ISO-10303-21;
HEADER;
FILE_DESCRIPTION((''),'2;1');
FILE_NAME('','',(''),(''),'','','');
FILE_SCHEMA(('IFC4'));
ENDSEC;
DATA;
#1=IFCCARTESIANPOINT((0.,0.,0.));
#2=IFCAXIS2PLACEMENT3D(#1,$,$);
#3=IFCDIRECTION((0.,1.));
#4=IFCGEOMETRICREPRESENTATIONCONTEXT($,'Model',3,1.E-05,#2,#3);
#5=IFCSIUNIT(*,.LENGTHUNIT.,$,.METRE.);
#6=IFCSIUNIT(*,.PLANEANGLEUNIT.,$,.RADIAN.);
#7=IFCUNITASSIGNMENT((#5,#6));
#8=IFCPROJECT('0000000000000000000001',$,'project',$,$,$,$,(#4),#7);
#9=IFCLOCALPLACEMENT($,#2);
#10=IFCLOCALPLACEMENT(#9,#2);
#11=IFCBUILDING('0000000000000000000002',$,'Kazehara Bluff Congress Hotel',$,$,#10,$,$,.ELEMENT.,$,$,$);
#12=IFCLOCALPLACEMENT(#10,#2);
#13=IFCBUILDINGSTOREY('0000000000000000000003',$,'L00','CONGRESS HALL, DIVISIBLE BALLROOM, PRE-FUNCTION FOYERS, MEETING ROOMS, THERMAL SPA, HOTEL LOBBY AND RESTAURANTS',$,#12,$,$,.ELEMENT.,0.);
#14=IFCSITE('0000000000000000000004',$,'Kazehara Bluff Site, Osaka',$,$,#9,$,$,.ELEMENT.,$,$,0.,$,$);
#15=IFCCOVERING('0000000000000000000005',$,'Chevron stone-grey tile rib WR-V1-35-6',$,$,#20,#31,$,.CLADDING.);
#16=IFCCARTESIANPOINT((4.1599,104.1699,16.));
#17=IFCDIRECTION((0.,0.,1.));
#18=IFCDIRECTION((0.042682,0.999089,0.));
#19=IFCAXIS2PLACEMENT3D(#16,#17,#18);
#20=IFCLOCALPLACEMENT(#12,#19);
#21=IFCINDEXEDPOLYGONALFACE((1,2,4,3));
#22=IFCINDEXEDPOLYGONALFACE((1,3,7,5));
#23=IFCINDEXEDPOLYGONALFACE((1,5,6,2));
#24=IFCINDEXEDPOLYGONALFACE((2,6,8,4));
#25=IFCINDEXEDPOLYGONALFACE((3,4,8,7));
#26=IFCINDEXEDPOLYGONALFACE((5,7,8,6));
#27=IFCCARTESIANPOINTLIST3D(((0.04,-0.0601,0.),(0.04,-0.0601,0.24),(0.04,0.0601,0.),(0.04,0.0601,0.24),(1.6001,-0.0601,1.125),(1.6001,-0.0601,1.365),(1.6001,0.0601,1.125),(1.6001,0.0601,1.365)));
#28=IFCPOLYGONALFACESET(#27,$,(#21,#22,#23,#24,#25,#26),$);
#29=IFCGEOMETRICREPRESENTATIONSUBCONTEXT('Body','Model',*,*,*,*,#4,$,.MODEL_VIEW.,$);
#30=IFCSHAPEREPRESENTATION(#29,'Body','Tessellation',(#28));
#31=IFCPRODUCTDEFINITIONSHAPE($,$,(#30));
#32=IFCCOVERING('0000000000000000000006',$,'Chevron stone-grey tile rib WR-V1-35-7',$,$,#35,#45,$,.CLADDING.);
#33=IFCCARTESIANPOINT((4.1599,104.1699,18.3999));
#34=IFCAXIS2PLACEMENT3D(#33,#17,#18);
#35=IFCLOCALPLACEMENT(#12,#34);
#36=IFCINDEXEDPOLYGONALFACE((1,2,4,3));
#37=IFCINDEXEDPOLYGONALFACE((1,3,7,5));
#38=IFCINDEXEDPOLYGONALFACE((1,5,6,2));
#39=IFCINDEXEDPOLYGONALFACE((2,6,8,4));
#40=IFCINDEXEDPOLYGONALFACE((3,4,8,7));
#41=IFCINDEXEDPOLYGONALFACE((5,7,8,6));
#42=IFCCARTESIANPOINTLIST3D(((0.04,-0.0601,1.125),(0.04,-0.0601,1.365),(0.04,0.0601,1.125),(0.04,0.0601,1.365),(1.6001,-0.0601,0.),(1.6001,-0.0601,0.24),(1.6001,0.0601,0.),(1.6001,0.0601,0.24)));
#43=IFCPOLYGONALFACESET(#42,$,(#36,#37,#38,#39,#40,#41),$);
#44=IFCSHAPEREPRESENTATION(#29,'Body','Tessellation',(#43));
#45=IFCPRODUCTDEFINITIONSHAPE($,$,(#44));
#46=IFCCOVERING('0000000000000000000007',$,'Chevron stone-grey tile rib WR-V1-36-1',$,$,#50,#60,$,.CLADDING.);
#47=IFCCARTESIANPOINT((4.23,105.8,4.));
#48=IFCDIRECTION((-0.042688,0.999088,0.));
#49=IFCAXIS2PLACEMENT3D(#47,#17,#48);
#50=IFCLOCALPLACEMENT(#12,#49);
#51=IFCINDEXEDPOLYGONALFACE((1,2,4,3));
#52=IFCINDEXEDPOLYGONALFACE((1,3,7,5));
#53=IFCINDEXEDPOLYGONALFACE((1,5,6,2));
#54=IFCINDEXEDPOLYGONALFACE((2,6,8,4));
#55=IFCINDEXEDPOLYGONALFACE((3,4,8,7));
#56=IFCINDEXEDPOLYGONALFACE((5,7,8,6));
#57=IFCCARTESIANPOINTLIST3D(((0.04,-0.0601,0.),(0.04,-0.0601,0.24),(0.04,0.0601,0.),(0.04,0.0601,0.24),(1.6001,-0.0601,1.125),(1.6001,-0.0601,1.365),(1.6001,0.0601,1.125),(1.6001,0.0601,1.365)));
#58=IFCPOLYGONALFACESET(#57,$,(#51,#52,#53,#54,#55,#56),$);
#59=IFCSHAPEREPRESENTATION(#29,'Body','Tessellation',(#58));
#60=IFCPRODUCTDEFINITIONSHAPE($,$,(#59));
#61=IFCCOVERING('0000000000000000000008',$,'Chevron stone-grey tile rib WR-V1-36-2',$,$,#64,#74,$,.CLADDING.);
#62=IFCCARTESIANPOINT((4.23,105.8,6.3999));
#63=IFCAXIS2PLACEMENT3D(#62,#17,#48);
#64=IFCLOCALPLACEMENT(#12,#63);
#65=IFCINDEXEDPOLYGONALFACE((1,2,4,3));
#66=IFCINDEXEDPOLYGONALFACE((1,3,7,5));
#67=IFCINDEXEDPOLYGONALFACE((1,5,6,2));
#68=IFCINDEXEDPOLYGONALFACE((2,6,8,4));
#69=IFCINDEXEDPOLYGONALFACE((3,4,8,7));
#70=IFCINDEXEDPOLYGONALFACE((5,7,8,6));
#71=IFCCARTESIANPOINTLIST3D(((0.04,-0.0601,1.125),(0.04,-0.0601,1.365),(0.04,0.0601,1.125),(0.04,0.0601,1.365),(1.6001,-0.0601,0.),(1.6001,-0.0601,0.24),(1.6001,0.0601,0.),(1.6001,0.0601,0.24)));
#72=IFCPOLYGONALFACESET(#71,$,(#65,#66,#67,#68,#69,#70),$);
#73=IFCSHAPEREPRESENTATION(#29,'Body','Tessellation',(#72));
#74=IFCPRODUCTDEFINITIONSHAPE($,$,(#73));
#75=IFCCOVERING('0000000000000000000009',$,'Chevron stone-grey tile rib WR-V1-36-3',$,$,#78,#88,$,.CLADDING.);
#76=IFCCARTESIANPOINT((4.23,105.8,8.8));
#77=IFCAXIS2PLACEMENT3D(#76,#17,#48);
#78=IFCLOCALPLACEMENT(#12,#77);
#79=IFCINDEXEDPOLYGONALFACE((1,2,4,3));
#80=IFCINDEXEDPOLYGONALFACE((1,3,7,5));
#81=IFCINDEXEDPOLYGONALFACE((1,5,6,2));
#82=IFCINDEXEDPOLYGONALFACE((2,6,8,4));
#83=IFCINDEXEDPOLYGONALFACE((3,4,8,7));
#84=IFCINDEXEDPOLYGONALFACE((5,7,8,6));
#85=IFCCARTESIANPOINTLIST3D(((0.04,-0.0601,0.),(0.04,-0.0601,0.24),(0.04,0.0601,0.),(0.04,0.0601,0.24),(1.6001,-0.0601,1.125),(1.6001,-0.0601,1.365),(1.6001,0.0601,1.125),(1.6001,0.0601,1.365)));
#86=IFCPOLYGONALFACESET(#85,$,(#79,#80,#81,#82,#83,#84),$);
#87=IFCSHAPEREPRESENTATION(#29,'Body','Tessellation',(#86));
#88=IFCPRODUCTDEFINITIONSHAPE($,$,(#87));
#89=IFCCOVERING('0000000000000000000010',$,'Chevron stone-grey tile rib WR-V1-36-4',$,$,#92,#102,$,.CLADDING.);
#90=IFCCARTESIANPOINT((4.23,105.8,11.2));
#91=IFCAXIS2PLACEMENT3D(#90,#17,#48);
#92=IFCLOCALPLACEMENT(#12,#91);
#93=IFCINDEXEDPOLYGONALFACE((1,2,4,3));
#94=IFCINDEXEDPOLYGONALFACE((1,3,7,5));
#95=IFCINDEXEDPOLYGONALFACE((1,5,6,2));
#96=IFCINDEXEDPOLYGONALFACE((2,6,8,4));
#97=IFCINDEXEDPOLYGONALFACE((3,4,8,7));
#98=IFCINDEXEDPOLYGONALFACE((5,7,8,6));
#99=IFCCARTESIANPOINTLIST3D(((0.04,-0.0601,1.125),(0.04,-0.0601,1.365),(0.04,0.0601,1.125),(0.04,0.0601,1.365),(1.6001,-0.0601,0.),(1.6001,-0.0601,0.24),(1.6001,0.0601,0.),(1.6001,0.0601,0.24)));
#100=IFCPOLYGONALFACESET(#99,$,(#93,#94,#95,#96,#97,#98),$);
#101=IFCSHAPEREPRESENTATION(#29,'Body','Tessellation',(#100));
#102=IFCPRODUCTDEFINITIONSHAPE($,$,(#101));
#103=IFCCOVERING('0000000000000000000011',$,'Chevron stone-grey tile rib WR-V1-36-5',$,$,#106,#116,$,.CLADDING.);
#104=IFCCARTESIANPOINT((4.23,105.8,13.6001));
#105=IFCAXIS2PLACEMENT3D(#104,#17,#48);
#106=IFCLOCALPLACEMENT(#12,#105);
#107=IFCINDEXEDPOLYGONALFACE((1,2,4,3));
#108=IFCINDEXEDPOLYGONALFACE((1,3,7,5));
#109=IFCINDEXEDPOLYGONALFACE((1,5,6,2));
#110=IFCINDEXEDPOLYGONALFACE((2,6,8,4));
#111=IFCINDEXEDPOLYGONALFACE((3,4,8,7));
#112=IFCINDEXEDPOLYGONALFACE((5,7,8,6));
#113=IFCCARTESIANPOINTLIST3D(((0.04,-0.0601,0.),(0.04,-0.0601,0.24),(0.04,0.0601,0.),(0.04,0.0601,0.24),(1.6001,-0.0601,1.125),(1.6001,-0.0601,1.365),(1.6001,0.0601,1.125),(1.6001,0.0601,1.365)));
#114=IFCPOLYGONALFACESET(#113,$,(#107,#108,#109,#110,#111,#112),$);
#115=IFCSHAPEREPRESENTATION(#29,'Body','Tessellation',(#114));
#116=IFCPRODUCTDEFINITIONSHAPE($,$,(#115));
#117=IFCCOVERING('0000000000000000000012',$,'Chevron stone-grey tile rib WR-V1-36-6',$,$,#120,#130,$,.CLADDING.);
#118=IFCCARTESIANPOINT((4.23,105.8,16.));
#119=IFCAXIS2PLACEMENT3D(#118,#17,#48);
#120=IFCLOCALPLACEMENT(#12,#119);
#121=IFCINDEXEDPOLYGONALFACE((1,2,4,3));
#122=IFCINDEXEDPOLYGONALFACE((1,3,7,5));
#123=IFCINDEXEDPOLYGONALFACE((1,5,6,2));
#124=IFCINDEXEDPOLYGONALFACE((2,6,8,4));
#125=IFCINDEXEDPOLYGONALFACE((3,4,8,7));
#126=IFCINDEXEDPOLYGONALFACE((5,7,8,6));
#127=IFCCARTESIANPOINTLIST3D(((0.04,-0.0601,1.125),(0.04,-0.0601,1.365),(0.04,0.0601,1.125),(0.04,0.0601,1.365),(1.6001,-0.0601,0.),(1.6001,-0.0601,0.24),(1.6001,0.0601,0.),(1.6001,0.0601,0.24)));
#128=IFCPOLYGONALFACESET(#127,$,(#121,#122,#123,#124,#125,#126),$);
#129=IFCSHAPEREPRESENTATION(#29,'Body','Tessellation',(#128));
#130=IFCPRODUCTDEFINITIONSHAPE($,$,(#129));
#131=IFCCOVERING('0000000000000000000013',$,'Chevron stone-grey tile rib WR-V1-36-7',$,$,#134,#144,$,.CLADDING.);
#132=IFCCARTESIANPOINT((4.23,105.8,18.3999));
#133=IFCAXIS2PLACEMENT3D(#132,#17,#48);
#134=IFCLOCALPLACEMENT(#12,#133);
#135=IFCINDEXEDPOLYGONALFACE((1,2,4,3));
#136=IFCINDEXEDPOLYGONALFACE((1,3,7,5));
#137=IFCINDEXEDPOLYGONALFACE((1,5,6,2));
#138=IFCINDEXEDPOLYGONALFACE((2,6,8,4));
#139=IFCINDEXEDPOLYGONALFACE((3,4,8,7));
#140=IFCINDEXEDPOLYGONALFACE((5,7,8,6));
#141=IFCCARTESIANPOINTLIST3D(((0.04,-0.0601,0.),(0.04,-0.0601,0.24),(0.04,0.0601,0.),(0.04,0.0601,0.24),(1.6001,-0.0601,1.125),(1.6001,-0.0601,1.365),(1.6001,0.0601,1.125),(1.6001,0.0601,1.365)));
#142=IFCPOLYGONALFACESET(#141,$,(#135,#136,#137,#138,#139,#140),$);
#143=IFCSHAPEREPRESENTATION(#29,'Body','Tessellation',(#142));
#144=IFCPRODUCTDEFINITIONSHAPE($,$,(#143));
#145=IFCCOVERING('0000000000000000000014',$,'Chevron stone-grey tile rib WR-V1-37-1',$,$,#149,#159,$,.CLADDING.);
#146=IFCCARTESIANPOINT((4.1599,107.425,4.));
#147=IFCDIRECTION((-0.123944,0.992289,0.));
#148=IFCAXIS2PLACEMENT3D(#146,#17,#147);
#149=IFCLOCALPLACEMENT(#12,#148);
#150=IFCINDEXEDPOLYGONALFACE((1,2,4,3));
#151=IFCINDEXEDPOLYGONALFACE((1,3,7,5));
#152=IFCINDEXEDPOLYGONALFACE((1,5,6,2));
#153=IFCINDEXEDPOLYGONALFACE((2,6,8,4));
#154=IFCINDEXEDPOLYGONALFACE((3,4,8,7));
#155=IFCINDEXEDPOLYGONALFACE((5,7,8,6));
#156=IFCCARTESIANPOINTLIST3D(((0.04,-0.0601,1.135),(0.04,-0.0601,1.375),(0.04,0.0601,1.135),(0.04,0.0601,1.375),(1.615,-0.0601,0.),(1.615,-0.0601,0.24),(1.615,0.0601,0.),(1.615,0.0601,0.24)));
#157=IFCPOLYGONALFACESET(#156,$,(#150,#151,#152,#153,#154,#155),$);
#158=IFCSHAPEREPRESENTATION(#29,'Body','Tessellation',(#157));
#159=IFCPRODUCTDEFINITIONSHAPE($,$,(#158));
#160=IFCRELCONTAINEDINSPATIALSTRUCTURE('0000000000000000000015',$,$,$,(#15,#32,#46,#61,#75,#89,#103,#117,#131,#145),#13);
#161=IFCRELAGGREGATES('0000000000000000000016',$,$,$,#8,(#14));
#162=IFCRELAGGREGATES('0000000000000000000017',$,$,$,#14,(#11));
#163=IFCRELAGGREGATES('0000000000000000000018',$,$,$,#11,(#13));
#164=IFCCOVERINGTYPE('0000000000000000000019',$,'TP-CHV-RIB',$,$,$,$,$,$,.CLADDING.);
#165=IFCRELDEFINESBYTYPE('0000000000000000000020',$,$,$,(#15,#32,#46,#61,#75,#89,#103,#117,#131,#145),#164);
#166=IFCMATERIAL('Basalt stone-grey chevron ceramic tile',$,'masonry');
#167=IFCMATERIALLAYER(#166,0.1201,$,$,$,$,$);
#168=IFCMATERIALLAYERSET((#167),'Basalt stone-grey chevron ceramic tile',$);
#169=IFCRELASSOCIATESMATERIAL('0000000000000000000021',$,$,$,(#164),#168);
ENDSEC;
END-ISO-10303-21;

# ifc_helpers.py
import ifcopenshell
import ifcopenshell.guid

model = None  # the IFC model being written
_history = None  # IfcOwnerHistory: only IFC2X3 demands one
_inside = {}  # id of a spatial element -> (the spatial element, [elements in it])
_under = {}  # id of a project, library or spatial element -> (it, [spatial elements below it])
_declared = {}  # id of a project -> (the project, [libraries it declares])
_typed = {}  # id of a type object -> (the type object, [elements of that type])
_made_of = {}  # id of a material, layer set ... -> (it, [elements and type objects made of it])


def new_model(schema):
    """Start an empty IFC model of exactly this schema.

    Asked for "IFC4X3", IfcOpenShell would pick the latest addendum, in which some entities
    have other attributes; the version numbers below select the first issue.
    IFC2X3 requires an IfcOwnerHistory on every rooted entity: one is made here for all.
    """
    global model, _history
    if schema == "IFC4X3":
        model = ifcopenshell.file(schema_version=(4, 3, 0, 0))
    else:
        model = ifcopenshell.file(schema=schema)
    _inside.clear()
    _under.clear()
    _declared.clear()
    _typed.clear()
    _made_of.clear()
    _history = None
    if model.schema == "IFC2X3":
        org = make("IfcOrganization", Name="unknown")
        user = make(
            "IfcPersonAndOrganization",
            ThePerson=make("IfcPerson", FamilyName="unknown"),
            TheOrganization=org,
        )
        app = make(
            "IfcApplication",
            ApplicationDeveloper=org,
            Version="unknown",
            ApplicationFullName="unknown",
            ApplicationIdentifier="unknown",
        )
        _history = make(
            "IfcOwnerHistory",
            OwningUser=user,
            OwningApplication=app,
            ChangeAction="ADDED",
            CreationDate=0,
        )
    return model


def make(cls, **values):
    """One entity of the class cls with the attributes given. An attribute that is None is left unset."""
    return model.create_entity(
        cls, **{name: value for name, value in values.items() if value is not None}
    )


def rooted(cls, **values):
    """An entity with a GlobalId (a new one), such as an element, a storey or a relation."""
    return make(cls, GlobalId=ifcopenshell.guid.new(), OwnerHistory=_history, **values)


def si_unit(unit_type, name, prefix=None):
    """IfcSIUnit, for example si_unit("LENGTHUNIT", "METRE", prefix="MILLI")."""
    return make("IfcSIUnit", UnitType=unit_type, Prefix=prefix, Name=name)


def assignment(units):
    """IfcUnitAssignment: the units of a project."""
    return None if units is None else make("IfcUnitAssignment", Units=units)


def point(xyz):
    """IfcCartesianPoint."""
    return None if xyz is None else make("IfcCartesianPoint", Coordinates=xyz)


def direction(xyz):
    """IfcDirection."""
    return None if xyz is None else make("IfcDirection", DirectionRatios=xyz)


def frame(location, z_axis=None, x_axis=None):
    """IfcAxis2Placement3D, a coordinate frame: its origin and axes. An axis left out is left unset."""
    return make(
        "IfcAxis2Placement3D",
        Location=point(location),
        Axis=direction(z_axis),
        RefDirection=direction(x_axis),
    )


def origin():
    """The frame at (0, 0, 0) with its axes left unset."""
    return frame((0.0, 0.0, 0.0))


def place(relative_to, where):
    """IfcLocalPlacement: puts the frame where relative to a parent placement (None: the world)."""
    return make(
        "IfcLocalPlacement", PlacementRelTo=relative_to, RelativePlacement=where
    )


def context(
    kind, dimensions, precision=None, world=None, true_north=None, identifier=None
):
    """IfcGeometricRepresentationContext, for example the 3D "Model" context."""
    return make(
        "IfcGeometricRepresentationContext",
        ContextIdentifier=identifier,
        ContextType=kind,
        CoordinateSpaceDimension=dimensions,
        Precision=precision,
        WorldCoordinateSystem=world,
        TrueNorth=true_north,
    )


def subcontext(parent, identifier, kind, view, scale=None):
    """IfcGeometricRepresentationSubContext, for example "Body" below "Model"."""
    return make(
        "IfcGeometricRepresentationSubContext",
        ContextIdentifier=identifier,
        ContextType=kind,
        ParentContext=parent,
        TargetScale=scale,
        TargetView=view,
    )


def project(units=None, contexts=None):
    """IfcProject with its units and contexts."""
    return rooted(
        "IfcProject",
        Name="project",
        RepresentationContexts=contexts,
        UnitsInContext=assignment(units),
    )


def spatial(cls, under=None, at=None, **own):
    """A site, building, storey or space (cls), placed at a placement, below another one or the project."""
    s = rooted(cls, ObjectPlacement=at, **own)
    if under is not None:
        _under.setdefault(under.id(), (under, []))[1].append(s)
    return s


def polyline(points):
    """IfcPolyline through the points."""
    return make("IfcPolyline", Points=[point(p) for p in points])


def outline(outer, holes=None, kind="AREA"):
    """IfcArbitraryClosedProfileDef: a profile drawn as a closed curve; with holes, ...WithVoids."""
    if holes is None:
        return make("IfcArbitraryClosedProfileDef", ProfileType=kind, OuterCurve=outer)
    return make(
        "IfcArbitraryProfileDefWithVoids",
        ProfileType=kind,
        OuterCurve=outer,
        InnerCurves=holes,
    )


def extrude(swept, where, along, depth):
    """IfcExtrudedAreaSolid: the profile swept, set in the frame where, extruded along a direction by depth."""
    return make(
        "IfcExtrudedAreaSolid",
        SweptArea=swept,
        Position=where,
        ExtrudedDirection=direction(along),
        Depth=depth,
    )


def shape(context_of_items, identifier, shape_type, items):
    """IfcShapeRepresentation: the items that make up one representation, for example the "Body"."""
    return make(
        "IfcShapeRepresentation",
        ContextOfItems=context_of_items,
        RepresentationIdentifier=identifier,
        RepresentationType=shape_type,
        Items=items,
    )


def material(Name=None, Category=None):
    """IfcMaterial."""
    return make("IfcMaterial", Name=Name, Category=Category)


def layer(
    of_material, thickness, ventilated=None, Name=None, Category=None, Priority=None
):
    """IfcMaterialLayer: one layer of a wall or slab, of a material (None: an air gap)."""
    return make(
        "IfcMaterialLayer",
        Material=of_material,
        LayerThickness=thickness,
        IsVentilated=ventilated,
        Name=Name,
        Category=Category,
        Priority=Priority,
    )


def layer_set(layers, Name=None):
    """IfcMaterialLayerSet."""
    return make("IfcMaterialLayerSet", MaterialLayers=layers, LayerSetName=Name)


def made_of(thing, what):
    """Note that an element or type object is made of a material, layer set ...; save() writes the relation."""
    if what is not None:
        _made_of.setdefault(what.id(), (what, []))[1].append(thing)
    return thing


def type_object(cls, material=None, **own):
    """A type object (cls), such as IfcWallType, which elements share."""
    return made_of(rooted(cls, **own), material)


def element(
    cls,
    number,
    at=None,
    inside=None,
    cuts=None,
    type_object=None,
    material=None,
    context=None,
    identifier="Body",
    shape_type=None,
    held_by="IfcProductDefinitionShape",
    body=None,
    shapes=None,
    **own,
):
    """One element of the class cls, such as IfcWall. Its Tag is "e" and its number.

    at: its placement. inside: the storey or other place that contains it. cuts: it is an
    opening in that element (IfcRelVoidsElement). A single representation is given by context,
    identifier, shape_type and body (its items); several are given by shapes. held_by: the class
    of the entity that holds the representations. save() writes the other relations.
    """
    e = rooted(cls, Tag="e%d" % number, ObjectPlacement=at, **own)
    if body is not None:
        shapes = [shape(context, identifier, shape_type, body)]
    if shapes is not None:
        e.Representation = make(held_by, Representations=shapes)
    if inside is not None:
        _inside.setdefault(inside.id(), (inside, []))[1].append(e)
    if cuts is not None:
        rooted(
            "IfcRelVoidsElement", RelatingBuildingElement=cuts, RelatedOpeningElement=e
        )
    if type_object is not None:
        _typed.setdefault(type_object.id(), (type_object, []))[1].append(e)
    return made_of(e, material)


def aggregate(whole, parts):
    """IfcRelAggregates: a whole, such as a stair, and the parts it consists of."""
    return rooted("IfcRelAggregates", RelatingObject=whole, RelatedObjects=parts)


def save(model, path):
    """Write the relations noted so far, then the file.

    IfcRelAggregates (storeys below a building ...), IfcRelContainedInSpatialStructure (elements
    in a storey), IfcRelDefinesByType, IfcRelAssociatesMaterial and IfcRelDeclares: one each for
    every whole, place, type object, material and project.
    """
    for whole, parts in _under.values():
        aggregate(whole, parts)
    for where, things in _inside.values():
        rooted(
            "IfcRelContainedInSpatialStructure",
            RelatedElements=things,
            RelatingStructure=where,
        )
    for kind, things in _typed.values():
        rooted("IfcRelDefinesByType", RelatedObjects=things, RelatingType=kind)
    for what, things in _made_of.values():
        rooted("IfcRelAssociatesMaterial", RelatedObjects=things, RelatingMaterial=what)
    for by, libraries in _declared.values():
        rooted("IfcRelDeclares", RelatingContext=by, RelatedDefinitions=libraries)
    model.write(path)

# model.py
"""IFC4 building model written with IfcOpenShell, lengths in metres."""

from ifc_helpers import new_model, si_unit, direction, frame, origin, place, context, subcontext, project, spatial, polyline, outline, extrude, material, layer, layer_set, type_object, element, save


model = new_model("IFC4")

# Units and contexts
model_context = context("Model", 3, precision=1e-05, world=origin(), true_north=direction((0.0, 1.0)))
body_context = subcontext(model_context, "Body", "Model", "MODEL_VIEW")
ifc_project = project(units=[si_unit("LENGTHUNIT", "METRE"), si_unit("PLANEANGLEUNIT", "RADIAN")], contexts=[model_context])

# Site, building, storey
site_placement = place(None, origin())
site = spatial("IfcSite", under=ifc_project, at=site_placement, Name="Kazehara Bluff Site, Osaka", CompositionType="ELEMENT", RefElevation=0.0)
building_placement = place(site_placement, origin())
building = spatial("IfcBuilding", under=site, at=building_placement, Name="Kazehara Bluff Congress Hotel", CompositionType="ELEMENT")
storey_placement = place(building_placement, origin())
storey = spatial("IfcBuildingStorey", under=building, at=storey_placement, Name="L00", Description="CONGRESS HALL, DIVISIBLE BALLROOM, PRE-FUNCTION FOYERS, MEETING ROOMS, THERMAL SPA, HOTEL LOBBY AND RESTAURANTS", CompositionType="ELEMENT", Elevation=0.0)

# Coverings
ifc_material_1 = material(Name="Basalt stone-grey chevron ceramic tile", Category="masonry")
ifc_layer_1 = layer(ifc_material_1, 0.1201)
ifc_layer_set_1 = layer_set([ifc_layer_1], Name="Basalt stone-grey chevron ceramic tile")
covering_type_1 = type_object("IfcCoveringType", Name="TP-CHV-RIB", PredefinedType="CLADDING", material=ifc_layer_set_1)
covering_1_placement = place(storey_placement, frame((4.1599, 104.1699, 16.0), z_axis=(0.0, 0.0, 1.0), x_axis=(0.042682, 0.999089, 0.0)))
element("IfcCovering", 1, at=covering_1_placement, inside=storey, type_object=covering_type_1, Name="Chevron stone-grey tile rib WR-V1-35-6", PredefinedType="CLADDING", context=body_context, shape_type="SweptSolid", body=[
    extrude(outline(polyline([(0.04, 0.0), (1.6001, 1.125), (1.6001, 1.365), (0.04, 0.24), (0.04, 0.0)])), frame((0.0, 0.0601, 0.0), z_axis=(0.0, -1.0, 0.0), x_axis=(1.0, 0.0, 0.0)), (0.0, 0.0, 1.0), 0.1201),
])
covering_2_placement = place(storey_placement, frame((4.1599, 104.1699, 18.3999), z_axis=(0.0, 0.0, 1.0), x_axis=(0.042682, 0.999089, 0.0)))
element("IfcCovering", 2, at=covering_2_placement, inside=storey, type_object=covering_type_1, Name="Chevron stone-grey tile rib WR-V1-35-7", PredefinedType="CLADDING", context=body_context, shape_type="SweptSolid", body=[
    extrude(outline(polyline([(0.04, 1.125), (1.6001, 0.0), (1.6001, 0.24), (0.04, 1.365), (0.04, 1.125)])), frame((0.0, 0.0601, 0.0), z_axis=(0.0, -1.0, 0.0), x_axis=(1.0, 0.0, 0.0)), (0.0, 0.0, 1.0), 0.1201),
])
covering_3_placement = place(storey_placement, frame((4.23, 105.8, 4.0), z_axis=(0.0, 0.0, 1.0), x_axis=(-0.042688, 0.999088, 0.0)))
element("IfcCovering", 3, at=covering_3_placement, inside=storey, type_object=covering_type_1, Name="Chevron stone-grey tile rib WR-V1-36-1", PredefinedType="CLADDING", context=body_context, shape_type="SweptSolid", body=[
    extrude(outline(polyline([(0.04, 0.0), (1.6001, 1.125), (1.6001, 1.365), (0.04, 0.24), (0.04, 0.0)])), frame((0.0, 0.0601, 0.0), z_axis=(0.0, -1.0, 0.0), x_axis=(1.0, 0.0, 0.0)), (0.0, 0.0, 1.0), 0.1201),
])
covering_4_placement = place(storey_placement, frame((4.23, 105.8, 6.3999), z_axis=(0.0, 0.0, 1.0), x_axis=(-0.042688, 0.999088, 0.0)))
element("IfcCovering", 4, at=covering_4_placement, inside=storey, type_object=covering_type_1, Name="Chevron stone-grey tile rib WR-V1-36-2", PredefinedType="CLADDING", context=body_context, shape_type="SweptSolid", body=[
    extrude(outline(polyline([(0.04, 1.125), (1.6001, 0.0), (1.6001, 0.24), (0.04, 1.365), (0.04, 1.125)])), frame((0.0, 0.0601, 0.0), z_axis=(0.0, -1.0, 0.0), x_axis=(1.0, 0.0, 0.0)), (0.0, 0.0, 1.0), 0.1201),
])
covering_5_placement = place(storey_placement, frame((4.23, 105.8, 8.8), z_axis=(0.0, 0.0, 1.0), x_axis=(-0.042688, 0.999088, 0.0)))
element("IfcCovering", 5, at=covering_5_placement, inside=storey, type_object=covering_type_1, Name="Chevron stone-grey tile rib WR-V1-36-3", PredefinedType="CLADDING", context=body_context, shape_type="SweptSolid", body=[
    extrude(outline(polyline([(0.04, 0.0), (1.6001, 1.125), (1.6001, 1.365), (0.04, 0.24), (0.04, 0.0)])), frame((0.0, 0.0601, 0.0), z_axis=(0.0, -1.0, 0.0), x_axis=(1.0, 0.0, 0.0)), (0.0, 0.0, 1.0), 0.1201),
])
covering_6_placement = place(storey_placement, frame((4.23, 105.8, 11.2), z_axis=(0.0, 0.0, 1.0), x_axis=(-0.042688, 0.999088, 0.0)))
element("IfcCovering", 6, at=covering_6_placement, inside=storey, type_object=covering_type_1, Name="Chevron stone-grey tile rib WR-V1-36-4", PredefinedType="CLADDING", context=body_context, shape_type="SweptSolid", body=[
    extrude(outline(polyline([(0.04, 1.125), (1.6001, 0.0), (1.6001, 0.24), (0.04, 1.365), (0.04, 1.125)])), frame((0.0, 0.0601, 0.0), z_axis=(0.0, -1.0, 0.0), x_axis=(1.0, 0.0, 0.0)), (0.0, 0.0, 1.0), 0.1201),
])
covering_7_placement = place(storey_placement, frame((4.23, 105.8, 13.6001), z_axis=(0.0, 0.0, 1.0), x_axis=(-0.042688, 0.999088, 0.0)))
element("IfcCovering", 7, at=covering_7_placement, inside=storey, type_object=covering_type_1, Name="Chevron stone-grey tile rib WR-V1-36-5", PredefinedType="CLADDING", context=body_context, shape_type="SweptSolid", body=[
    extrude(outline(polyline([(0.04, 0.0), (1.6001, 1.125), (1.6001, 1.365), (0.04, 0.24), (0.04, 0.0)])), frame((0.0, 0.0601, 0.0), z_axis=(0.0, -1.0, 0.0), x_axis=(1.0, 0.0, 0.0)), (0.0, 0.0, 1.0), 0.1201),
])
covering_8_placement = place(storey_placement, frame((4.23, 105.8, 16.0), z_axis=(0.0, 0.0, 1.0), x_axis=(-0.042688, 0.999088, 0.0)))
element("IfcCovering", 8, at=covering_8_placement, inside=storey, type_object=covering_type_1, Name="Chevron stone-grey tile rib WR-V1-36-6", PredefinedType="CLADDING", context=body_context, shape_type="SweptSolid", body=[
    extrude(outline(polyline([(0.04, 1.125), (1.6001, 0.0), (1.6001, 0.24), (0.04, 1.365), (0.04, 1.125)])), frame((0.0, 0.0601, 0.0), z_axis=(0.0, -1.0, 0.0), x_axis=(1.0, 0.0, 0.0)), (0.0, 0.0, 1.0), 0.1201),
])
covering_9_placement = place(storey_placement, frame((4.23, 105.8, 18.3999), z_axis=(0.0, 0.0, 1.0), x_axis=(-0.042688, 0.999088, 0.0)))
element("IfcCovering", 9, at=covering_9_placement, inside=storey, type_object=covering_type_1, Name="Chevron stone-grey tile rib WR-V1-36-7", PredefinedType="CLADDING", context=body_context, shape_type="SweptSolid", body=[
    extrude(outline(polyline([(0.04, 0.0), (1.6001, 1.125), (1.6001, 1.365), (0.04, 0.24), (0.04, 0.0)])), frame((0.0, 0.0601, 0.0), z_axis=(0.0, -1.0, 0.0), x_axis=(1.0, 0.0, 0.0)), (0.0, 0.0, 1.0), 0.1201),
])
covering_10_placement = place(storey_placement, frame((4.1599, 107.425, 4.0), z_axis=(0.0, 0.0, 1.0), x_axis=(-0.123944, 0.992289, 0.0)))
element("IfcCovering", 10, at=covering_10_placement, inside=storey, type_object=covering_type_1, Name="Chevron stone-grey tile rib WR-V1-37-1", PredefinedType="CLADDING", context=body_context, shape_type="SweptSolid", body=[
    extrude(outline(polyline([(0.04, 1.135), (1.615, 0.0), (1.615, 0.24), (0.04, 1.375), (0.04, 1.135)])), frame((0.0, 0.0601, 0.0), z_axis=(0.0, -1.0, 0.0), x_axis=(1.0, 0.0, 0.0)), (0.0, 0.0, 1.0), 0.1201),
])

save(model, "model.ifc")
